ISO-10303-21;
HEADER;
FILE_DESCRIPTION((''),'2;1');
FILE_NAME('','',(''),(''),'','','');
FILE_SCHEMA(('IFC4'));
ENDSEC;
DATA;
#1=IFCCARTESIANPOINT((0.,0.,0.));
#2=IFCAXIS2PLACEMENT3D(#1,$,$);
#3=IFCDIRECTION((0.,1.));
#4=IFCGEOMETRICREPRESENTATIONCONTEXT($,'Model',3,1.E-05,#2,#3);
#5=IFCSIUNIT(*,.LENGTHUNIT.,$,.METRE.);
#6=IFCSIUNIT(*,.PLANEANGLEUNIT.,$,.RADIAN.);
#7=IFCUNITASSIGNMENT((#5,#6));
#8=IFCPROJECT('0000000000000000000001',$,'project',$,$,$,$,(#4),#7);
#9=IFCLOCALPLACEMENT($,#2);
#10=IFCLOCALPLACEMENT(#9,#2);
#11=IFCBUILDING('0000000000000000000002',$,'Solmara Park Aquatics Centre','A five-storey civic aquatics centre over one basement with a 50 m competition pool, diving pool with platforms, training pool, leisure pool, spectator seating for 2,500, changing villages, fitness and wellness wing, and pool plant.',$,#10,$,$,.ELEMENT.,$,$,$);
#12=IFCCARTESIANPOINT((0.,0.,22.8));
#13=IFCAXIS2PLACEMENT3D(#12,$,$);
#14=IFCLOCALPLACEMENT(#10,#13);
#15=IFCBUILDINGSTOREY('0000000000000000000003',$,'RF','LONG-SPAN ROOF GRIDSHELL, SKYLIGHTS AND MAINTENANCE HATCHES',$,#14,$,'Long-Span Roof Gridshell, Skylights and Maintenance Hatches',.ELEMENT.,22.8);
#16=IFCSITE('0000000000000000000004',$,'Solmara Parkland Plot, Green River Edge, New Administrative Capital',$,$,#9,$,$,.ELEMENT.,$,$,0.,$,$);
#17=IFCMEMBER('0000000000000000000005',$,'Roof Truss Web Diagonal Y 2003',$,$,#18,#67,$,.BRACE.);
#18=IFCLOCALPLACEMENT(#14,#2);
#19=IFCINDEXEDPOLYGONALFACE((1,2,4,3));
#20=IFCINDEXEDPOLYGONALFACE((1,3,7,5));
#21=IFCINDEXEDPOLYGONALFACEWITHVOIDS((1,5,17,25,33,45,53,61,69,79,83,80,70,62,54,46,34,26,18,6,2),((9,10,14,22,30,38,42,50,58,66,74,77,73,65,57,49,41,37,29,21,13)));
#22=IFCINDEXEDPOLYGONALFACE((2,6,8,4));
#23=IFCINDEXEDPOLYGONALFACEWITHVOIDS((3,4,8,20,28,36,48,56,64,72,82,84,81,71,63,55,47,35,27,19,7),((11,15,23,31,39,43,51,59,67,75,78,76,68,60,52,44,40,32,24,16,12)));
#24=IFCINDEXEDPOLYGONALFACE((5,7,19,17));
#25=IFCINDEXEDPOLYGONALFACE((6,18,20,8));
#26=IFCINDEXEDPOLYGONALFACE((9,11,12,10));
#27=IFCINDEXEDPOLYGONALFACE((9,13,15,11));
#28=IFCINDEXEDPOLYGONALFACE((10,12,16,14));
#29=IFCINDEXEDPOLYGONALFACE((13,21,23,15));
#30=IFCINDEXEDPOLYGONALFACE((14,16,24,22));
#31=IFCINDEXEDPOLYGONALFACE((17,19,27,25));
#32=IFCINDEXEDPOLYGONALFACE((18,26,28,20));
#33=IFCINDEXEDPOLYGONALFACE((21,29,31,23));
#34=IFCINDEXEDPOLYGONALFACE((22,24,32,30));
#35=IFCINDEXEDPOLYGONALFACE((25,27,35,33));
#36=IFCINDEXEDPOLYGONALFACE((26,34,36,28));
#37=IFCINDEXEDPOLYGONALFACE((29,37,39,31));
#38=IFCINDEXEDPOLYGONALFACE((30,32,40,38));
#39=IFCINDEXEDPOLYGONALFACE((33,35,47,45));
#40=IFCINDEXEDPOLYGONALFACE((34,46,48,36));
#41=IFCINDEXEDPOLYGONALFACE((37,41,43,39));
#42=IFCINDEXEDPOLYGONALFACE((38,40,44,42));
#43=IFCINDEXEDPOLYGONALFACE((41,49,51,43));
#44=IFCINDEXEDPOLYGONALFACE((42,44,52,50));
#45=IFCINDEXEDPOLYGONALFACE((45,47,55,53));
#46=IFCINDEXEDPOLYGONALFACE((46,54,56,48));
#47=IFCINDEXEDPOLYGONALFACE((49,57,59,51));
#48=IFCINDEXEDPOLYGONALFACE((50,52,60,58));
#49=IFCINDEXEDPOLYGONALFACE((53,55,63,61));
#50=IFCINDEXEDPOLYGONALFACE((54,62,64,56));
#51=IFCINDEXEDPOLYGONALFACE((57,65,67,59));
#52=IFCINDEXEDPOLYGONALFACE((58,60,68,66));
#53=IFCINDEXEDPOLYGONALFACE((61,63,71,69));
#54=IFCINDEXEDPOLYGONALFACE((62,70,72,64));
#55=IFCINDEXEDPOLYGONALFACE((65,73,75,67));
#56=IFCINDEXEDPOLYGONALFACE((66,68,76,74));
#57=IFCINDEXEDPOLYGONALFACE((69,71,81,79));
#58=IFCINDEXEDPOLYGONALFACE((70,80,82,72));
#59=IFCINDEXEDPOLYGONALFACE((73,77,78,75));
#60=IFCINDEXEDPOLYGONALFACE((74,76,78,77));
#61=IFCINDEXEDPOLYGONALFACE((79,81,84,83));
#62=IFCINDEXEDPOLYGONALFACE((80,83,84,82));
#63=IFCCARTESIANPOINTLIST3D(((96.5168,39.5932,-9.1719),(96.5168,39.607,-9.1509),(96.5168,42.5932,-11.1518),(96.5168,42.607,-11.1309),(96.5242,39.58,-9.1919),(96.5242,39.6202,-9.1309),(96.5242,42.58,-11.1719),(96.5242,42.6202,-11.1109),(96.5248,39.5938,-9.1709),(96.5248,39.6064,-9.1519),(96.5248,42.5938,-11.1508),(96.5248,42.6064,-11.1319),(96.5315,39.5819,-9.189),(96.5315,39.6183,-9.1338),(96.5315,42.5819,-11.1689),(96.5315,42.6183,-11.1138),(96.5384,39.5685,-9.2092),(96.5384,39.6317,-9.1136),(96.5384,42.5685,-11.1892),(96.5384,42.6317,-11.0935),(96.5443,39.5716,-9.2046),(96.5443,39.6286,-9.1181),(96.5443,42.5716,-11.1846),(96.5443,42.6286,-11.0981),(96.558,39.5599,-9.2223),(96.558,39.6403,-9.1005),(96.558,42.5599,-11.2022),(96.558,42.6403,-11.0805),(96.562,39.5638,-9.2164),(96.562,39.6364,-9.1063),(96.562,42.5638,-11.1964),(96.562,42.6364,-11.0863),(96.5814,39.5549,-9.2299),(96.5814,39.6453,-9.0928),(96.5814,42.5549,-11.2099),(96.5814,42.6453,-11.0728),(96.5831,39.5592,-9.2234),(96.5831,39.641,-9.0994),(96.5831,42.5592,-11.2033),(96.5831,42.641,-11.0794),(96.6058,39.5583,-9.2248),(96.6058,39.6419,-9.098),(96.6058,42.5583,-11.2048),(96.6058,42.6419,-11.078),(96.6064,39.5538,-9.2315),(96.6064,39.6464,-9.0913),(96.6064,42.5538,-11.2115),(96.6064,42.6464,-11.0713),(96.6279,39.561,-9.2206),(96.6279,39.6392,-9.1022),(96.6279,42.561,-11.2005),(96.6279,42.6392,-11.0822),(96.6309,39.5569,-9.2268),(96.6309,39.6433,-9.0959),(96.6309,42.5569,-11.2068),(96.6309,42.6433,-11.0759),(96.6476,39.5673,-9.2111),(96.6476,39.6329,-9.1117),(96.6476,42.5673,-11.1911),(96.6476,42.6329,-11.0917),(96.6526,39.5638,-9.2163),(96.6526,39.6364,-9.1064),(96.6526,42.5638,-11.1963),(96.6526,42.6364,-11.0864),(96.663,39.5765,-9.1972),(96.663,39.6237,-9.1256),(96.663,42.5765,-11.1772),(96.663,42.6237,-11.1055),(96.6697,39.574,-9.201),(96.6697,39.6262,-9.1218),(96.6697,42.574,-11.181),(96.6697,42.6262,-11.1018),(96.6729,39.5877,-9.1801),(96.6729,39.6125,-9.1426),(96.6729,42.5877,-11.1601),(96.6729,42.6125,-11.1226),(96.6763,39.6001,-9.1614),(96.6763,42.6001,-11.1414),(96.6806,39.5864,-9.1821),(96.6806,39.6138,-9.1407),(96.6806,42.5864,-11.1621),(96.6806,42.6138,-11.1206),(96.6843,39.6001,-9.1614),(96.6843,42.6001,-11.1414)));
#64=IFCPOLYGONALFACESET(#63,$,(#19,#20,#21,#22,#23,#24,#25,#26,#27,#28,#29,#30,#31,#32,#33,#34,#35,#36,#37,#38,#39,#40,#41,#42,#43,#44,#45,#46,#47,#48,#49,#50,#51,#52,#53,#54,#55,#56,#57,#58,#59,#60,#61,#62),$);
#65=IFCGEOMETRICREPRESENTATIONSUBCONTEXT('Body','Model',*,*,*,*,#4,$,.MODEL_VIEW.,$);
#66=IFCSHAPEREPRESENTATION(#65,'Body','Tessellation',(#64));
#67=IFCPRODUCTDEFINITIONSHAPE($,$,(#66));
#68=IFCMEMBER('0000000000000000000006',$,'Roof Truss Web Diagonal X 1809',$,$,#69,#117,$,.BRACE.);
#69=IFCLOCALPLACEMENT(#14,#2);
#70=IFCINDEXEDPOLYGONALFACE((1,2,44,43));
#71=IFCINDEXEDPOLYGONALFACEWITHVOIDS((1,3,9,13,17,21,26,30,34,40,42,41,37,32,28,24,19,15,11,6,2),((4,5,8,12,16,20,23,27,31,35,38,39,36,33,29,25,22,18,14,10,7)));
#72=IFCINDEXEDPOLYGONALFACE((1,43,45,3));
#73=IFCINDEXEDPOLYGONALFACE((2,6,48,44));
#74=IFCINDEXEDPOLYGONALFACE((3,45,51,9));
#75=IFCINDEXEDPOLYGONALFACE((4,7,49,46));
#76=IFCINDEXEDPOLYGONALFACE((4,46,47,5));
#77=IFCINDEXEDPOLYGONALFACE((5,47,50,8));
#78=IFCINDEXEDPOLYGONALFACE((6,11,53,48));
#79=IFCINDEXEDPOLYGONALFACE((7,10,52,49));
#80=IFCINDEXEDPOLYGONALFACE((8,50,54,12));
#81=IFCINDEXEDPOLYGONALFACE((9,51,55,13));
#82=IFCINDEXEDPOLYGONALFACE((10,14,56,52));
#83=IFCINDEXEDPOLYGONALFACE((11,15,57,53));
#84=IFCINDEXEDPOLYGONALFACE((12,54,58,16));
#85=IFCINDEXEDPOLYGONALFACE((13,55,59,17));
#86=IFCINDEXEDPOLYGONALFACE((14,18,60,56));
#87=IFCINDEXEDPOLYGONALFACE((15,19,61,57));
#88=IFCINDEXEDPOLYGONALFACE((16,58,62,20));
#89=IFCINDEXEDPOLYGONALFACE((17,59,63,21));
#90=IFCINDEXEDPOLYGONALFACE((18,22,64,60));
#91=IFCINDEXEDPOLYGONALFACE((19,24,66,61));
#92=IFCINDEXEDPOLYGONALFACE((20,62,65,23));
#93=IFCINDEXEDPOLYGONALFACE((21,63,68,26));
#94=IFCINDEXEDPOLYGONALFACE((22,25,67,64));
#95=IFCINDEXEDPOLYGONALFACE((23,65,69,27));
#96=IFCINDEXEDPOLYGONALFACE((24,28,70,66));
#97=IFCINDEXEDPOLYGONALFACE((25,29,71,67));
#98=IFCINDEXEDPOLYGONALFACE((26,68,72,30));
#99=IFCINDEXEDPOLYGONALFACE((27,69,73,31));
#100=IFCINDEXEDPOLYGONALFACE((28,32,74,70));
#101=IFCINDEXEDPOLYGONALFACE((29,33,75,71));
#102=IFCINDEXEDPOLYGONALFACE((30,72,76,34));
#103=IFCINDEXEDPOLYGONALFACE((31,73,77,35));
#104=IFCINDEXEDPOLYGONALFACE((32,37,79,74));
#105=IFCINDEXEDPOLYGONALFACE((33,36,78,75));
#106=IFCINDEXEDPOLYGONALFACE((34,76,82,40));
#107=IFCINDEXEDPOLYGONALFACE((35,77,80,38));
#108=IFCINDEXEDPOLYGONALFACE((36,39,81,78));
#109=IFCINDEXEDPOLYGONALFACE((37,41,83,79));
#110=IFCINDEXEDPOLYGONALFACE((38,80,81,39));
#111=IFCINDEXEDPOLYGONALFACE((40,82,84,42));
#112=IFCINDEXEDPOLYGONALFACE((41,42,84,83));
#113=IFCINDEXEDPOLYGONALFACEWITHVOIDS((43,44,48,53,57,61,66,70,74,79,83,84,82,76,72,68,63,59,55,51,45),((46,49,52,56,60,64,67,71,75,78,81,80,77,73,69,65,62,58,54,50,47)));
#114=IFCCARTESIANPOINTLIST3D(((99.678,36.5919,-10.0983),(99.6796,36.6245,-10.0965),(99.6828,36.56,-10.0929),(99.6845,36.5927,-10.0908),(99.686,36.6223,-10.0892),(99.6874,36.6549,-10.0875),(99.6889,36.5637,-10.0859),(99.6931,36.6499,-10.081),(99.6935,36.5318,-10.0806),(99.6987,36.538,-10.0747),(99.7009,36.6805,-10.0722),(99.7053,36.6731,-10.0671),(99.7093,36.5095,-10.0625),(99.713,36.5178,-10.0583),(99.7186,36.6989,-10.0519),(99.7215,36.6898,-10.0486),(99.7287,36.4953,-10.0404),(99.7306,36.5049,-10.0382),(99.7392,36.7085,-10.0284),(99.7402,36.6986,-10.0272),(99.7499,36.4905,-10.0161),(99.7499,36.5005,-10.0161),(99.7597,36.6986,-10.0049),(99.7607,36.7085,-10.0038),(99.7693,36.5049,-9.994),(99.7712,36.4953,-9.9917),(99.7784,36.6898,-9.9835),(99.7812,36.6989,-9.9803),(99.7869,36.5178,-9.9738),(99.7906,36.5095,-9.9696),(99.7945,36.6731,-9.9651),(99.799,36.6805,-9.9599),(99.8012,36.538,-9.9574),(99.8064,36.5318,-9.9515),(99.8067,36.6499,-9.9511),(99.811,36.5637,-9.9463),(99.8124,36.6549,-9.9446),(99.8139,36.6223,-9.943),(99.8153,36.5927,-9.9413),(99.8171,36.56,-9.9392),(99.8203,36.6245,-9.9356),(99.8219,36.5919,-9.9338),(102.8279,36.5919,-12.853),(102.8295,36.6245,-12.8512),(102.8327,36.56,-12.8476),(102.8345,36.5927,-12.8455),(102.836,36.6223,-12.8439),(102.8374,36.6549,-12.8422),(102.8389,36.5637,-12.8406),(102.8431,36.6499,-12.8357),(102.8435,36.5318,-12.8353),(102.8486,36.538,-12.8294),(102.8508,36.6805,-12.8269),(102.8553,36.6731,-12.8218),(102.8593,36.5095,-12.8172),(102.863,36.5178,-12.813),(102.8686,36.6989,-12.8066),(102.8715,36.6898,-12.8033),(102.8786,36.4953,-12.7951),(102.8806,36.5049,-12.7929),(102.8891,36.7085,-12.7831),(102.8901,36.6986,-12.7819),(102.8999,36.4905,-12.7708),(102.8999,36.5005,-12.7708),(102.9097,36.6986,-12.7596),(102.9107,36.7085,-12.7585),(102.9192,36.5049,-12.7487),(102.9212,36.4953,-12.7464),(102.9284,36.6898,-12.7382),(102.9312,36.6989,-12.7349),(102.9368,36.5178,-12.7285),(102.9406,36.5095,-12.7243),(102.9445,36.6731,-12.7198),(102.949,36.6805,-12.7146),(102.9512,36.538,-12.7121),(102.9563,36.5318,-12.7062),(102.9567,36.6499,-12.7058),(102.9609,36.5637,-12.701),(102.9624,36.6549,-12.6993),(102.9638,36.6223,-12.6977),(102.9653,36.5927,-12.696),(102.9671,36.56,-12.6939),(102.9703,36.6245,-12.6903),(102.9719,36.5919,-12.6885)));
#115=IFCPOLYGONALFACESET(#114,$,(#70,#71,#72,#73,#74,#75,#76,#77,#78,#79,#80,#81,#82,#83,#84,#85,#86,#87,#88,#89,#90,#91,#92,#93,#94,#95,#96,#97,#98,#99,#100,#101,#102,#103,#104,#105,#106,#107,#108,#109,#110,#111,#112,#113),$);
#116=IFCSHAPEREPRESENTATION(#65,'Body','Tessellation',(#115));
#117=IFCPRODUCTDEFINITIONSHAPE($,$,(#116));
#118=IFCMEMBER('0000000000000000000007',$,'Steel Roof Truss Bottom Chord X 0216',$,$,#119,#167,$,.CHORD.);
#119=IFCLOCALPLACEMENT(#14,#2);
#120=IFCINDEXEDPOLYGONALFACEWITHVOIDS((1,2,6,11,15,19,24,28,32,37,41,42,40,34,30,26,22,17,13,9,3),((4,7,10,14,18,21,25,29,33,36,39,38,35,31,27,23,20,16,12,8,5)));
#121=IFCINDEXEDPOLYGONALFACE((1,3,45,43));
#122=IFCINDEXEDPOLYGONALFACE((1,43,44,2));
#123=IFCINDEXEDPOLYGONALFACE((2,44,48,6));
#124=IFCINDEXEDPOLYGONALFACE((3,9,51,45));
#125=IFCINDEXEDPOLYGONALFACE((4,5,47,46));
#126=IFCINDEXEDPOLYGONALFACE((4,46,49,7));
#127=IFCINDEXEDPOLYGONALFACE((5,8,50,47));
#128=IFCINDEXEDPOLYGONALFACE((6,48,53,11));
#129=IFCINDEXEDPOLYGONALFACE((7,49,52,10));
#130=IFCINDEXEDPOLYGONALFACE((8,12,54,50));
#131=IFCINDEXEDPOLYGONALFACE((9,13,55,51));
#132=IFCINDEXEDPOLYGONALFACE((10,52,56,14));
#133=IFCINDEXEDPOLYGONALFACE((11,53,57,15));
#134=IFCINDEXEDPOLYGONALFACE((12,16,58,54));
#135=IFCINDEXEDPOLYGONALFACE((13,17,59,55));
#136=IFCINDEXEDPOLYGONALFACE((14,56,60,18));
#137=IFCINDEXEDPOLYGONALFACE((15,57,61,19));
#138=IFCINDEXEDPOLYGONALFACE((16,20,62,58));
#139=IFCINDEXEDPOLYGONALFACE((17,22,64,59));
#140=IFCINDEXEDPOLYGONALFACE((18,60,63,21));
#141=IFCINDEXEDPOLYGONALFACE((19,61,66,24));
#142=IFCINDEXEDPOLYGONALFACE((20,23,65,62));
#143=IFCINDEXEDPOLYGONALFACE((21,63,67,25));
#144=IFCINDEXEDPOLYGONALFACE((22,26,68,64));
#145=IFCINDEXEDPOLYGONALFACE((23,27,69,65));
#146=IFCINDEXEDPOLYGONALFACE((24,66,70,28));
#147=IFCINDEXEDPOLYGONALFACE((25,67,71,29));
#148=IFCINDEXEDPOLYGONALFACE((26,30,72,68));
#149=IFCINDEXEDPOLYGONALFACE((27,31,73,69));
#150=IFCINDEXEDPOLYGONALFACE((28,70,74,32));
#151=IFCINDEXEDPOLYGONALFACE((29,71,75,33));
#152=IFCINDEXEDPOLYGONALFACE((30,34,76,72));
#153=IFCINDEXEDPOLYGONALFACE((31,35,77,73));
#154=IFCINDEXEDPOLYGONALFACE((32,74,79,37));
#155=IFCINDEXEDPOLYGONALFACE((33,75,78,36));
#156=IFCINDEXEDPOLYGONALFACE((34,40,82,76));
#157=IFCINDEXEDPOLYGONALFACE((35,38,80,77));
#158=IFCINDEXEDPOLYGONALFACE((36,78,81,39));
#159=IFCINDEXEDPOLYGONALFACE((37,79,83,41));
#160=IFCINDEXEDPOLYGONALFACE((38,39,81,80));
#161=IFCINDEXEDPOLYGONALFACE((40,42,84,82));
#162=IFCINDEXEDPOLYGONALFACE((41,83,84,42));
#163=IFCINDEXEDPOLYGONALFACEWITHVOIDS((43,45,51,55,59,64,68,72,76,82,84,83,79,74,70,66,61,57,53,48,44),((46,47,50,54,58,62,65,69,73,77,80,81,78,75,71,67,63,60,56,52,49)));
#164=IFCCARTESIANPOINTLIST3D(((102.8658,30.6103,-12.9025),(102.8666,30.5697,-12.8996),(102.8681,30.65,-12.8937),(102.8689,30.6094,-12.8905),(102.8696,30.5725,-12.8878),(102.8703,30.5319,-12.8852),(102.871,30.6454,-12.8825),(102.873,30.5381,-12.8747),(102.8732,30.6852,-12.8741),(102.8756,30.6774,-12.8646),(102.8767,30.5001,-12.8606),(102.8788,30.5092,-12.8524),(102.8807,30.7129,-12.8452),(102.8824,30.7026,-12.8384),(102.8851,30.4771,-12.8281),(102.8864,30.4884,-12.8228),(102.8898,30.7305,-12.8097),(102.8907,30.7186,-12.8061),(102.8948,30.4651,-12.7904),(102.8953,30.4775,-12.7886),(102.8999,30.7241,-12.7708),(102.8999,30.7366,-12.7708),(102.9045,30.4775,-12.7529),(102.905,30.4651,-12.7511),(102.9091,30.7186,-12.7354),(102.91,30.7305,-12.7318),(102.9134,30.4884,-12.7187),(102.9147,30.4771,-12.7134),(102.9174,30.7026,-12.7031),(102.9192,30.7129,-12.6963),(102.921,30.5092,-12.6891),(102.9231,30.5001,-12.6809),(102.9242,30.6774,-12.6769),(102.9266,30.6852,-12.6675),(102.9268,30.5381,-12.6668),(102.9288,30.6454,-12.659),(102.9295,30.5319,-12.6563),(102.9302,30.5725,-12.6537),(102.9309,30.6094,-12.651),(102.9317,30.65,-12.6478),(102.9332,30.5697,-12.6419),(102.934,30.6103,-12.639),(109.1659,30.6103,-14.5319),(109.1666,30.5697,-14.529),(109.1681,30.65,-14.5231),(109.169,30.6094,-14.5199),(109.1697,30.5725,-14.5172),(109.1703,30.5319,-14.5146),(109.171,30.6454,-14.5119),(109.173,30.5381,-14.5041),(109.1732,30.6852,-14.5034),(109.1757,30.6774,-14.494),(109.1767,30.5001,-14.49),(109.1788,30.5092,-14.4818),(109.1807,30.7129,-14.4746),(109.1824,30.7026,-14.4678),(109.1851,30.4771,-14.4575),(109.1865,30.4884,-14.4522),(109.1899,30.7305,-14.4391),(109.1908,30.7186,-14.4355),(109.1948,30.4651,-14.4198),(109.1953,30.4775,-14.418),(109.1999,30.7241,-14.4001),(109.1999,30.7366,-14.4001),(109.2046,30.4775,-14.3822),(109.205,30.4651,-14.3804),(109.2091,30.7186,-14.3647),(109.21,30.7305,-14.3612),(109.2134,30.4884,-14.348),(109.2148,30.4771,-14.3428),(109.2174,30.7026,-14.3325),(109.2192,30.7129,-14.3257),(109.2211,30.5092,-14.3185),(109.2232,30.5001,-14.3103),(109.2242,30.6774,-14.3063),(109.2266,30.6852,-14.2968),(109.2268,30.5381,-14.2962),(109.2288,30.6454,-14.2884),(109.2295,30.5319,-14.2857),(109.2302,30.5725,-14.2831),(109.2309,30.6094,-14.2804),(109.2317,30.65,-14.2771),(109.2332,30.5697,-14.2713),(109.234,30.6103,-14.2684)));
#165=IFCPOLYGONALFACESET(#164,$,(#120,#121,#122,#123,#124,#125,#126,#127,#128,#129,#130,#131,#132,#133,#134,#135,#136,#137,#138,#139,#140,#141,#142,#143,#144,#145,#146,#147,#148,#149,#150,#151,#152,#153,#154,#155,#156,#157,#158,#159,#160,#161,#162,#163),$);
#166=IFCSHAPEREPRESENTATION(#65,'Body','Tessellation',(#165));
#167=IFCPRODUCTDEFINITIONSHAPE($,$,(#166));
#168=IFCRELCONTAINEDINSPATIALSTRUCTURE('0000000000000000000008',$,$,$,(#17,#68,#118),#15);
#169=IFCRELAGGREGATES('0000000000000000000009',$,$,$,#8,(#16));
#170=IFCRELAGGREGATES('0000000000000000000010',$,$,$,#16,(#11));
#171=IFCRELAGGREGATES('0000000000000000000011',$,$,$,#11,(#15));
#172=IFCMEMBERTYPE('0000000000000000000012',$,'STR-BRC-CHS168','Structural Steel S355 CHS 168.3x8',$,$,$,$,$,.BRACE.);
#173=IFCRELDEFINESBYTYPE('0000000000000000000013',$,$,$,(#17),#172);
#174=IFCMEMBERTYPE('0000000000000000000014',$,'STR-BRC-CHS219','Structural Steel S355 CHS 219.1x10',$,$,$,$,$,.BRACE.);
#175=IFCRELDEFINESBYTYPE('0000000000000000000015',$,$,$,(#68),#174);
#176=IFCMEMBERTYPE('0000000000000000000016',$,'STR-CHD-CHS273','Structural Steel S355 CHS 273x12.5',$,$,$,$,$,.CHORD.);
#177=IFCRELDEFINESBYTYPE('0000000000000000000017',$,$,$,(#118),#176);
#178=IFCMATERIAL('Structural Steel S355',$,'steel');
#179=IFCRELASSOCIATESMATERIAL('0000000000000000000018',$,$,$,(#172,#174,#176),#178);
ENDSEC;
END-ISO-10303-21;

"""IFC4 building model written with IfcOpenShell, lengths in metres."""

from ifc_helpers import new_model, si_unit, direction, frame, origin, origin_2d, place, context, subcontext, project, spatial, hollow_circle, extrude, material, material_profile, profile_set, type_object, element, save


model = new_model("IFC4")

# Units and contexts
model_context = context("Model", 3, precision=1e-05, world=origin(), true_north=direction((0.0, 1.0)))
body_context = subcontext(model_context, "Body", "Model", "MODEL_VIEW")
ifc_project = project(units=[si_unit("LENGTHUNIT", "METRE"), si_unit("PLANEANGLEUNIT", "RADIAN")], contexts=[model_context])

# Site, building, storey
site_placement = place(None, origin())
site = spatial("IfcSite", under=ifc_project, at=site_placement, Name="Solmara Parkland Plot, Green River Edge, New Administrative Capital", CompositionType="ELEMENT", RefElevation=0.0)
building_placement = place(site_placement, origin())
building = spatial("IfcBuilding", under=site, at=building_placement, Name="Solmara Park Aquatics Centre", Description="A five-storey civic aquatics centre over one basement with a 50 m competition pool, diving pool with platforms, training pool, leisure pool, spectator seating for 2,500, changing villages, fitness and wellness wing, and pool plant.", CompositionType="ELEMENT")
storey_placement = place(building_placement, frame((0.0, 0.0, 22.8)))
storey = spatial("IfcBuildingStorey", under=building, at=storey_placement, Name="RF", Description="LONG-SPAN ROOF GRIDSHELL, SKYLIGHTS AND MAINTENANCE HATCHES", LongName="Long-Span Roof Gridshell, Skylights and Maintenance Hatches", CompositionType="ELEMENT", Elevation=22.8)

# Members
ifc_material_1 = material(Name="Structural Steel S355", Category="steel")
ifc_material_profile_1 = material_profile(ifc_material_1, hollow_circle(Radius=0.0842, WallThickness=0.0081, at=origin_2d()), Name="CHS 168.3x8")
ifc_profile_set_1 = profile_set([ifc_material_profile_1], Name="Structural Steel S355")
member_type_1 = type_object("IfcMemberType", Name="STR-BRC-CHS168", Description="Structural Steel S355 CHS 168.3x8", PredefinedType="BRACE", material=ifc_profile_set_1)
member_1_placement = place(storey_placement, frame((96.6001, 42.6001, -11.1414), z_axis=(0.0, -0.834612, 0.550838), x_axis=(1.0, 0.0, 0.0)))
element("IfcMember", 1, at=member_1_placement, inside=storey, type_object=member_type_1, Name="Roof Truss Web Diagonal Y 2003", PredefinedType="BRACE", context=body_context, shape_type="SweptSolid", body=[
    extrude(hollow_circle(Radius=0.0842, WallThickness=0.0081, at=origin_2d()), origin(), (0.0, 0.0, 1.0), 3.5945),
])
ifc_material_profile_2 = material_profile(ifc_material_1, hollow_circle(Radius=0.1096, WallThickness=0.01, at=origin_2d()), Name="CHS 219.1x10")
ifc_profile_set_2 = profile_set([ifc_material_profile_2], Name="Structural Steel S355")
member_type_2 = type_object("IfcMemberType", Name="STR-BRC-CHS219", Description="Structural Steel S355 CHS 219.1x10", PredefinedType="BRACE", material=ifc_profile_set_2)
member_2_placement = place(storey_placement, frame((102.8999, 36.6001, -12.7708), z_axis=(-0.752757, 0.0, 0.658298), x_axis=(0.0, -1.0, 0.0)))
element("IfcMember", 2, at=member_2_placement, inside=storey, type_object=member_type_2, Name="Roof Truss Web Diagonal X 1809", PredefinedType="BRACE", context=body_context, shape_type="SweptSolid", body=[
    extrude(hollow_circle(Radius=0.1096, WallThickness=0.01, at=origin_2d()), origin(), (0.0, 0.0, 1.0), 4.1846),
])
ifc_material_profile_3 = material_profile(ifc_material_1, hollow_circle(Radius=0.1365, WallThickness=0.0125, at=origin_2d()), Name="CHS 273x12.5")
ifc_profile_set_3 = profile_set([ifc_material_profile_3], Name="Structural Steel S355")
member_type_3 = type_object("IfcMemberType", Name="STR-CHD-CHS273", Description="Structural Steel S355 CHS 273x12.5", PredefinedType="CHORD", material=ifc_profile_set_3)
member_3_placement = place(storey_placement, frame((102.8999, 30.6001, -12.7708), z_axis=(0.968144, 0.0, -0.250393), x_axis=(0.0, 1.0, 0.0)))
element("IfcMember", 3, at=member_3_placement, inside=storey, type_object=member_type_3, Name="Steel Roof Truss Bottom Chord X 0216", PredefinedType="CHORD", context=body_context, shape_type="SweptSolid", body=[
    extrude(hollow_circle(Radius=0.1365, WallThickness=0.0125, at=origin_2d()), origin(), (0.0, 0.0, 1.0), 6.5073),
])

save(model, "model.ifc")
